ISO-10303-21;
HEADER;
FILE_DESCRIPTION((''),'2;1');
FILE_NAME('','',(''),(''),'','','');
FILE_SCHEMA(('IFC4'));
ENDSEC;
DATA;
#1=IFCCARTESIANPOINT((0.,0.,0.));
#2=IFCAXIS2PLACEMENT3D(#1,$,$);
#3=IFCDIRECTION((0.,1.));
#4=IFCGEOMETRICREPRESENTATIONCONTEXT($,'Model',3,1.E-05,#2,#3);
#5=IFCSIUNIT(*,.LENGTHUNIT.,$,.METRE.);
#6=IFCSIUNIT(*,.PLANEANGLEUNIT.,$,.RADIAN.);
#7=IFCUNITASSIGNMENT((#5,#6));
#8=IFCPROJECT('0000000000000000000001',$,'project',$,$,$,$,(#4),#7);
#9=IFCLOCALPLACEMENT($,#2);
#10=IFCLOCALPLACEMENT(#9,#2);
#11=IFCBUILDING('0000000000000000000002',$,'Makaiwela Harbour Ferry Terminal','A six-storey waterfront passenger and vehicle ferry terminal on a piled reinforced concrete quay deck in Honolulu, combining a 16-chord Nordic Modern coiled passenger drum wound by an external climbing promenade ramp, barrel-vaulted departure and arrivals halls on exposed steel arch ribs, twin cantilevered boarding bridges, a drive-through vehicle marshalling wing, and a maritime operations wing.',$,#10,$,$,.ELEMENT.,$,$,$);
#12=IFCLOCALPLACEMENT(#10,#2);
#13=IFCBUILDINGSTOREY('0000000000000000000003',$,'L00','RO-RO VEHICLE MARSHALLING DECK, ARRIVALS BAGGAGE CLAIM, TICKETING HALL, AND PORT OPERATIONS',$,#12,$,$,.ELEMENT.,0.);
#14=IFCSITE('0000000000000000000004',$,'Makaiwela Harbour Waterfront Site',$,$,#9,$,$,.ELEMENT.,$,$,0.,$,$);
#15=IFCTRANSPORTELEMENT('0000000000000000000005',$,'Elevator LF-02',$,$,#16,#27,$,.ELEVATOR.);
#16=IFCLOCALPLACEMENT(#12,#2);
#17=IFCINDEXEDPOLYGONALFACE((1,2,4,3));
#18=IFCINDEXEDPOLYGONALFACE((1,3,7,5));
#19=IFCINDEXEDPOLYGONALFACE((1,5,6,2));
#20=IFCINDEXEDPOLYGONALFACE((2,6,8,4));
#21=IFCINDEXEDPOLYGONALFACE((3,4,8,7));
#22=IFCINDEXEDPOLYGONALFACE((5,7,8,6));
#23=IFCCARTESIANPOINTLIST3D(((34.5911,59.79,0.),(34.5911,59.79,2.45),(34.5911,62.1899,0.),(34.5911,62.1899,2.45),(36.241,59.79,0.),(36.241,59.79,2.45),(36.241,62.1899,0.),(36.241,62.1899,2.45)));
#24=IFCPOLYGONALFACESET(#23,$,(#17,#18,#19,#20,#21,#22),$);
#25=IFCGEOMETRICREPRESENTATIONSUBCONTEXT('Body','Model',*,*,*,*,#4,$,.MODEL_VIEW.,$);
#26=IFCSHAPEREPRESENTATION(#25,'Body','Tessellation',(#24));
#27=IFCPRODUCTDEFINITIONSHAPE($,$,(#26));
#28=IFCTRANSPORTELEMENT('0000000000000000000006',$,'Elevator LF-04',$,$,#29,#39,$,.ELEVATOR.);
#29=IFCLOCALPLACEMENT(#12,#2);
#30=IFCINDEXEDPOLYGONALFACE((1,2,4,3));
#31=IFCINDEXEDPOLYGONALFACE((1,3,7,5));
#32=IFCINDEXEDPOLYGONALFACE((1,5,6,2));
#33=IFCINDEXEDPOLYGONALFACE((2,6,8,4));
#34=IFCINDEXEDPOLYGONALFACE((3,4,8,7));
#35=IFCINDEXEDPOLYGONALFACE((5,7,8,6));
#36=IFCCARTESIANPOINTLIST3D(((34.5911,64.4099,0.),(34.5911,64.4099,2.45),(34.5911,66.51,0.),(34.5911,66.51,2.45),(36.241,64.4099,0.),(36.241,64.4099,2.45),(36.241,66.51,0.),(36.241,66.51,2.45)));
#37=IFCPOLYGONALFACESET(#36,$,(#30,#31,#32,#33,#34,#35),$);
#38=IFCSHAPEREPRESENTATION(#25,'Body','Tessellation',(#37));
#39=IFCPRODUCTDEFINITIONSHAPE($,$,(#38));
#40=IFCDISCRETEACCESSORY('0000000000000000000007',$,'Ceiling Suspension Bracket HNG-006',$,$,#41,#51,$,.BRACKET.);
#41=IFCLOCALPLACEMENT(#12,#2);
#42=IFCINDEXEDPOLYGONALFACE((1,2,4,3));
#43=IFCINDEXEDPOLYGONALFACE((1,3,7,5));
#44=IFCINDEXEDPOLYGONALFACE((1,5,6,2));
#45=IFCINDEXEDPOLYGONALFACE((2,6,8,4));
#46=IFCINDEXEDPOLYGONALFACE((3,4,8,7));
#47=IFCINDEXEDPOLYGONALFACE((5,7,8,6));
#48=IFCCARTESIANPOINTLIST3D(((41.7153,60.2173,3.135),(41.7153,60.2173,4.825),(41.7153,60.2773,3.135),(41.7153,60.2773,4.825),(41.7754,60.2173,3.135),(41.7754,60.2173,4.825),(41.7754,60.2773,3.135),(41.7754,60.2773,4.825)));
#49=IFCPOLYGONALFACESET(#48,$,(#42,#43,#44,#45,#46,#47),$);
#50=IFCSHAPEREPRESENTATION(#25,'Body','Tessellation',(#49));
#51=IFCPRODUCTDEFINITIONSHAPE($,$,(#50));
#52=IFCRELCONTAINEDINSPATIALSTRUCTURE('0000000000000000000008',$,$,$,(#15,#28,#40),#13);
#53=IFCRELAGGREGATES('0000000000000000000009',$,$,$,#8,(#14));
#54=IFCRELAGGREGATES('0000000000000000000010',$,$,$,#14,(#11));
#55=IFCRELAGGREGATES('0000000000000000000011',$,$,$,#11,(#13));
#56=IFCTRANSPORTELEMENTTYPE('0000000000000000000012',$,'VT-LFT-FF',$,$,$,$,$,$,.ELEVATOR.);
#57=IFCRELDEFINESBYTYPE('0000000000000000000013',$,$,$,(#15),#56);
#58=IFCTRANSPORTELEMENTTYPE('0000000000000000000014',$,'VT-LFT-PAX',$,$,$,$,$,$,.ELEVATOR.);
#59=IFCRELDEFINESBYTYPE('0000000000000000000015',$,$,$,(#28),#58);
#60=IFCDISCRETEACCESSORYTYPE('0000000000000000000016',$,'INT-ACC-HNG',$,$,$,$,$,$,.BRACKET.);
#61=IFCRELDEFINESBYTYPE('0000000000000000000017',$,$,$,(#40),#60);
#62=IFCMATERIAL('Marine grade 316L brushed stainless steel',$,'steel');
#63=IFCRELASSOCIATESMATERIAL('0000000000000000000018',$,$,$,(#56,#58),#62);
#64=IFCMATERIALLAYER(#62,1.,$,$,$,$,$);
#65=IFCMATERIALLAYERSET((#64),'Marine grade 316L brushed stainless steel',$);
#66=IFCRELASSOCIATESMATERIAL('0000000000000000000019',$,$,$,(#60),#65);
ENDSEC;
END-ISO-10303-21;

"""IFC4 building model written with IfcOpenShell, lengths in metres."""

from ifc_helpers import new_model, si_unit, direction, frame, origin, origin_2d, place, context, subcontext, project, spatial, rectangle, extrude, material, layer, layer_set, type_object, element, save


model = new_model("IFC4")

# Units and contexts
model_context = context("Model", 3, precision=1e-05, world=origin(), true_north=direction((0.0, 1.0)))
body_context = subcontext(model_context, "Body", "Model", "MODEL_VIEW")
ifc_project = project(units=[si_unit("LENGTHUNIT", "METRE"), si_unit("PLANEANGLEUNIT", "RADIAN")], contexts=[model_context])

# Site, building, storey
site_placement = place(None, origin())
site = spatial("IfcSite", under=ifc_project, at=site_placement, Name="Makaiwela Harbour Waterfront Site", CompositionType="ELEMENT", RefElevation=0.0)
building_placement = place(site_placement, origin())
building = spatial("IfcBuilding", under=site, at=building_placement, Name="Makaiwela Harbour Ferry Terminal", Description="A six-storey waterfront passenger and vehicle ferry terminal on a piled reinforced concrete quay deck in Honolulu, combining a 16-chord Nordic Modern coiled passenger drum wound by an external climbing promenade ramp, barrel-vaulted departure and arrivals halls on exposed steel arch ribs, twin cantilevered boarding bridges, a drive-through vehicle marshalling wing, and a maritime operations wing.", CompositionType="ELEMENT")
storey_placement = place(building_placement, origin())
storey = spatial("IfcBuildingStorey", under=building, at=storey_placement, Name="L00", Description="RO-RO VEHICLE MARSHALLING DECK, ARRIVALS BAGGAGE CLAIM, TICKETING HALL, AND PORT OPERATIONS", CompositionType="ELEMENT", Elevation=0.0)

# Shared definitions
ifc_material_1 = material(Name="Marine grade 316L brushed stainless steel", Category="steel")

# Transport elements
transport_element_type_1 = type_object("IfcTransportElementType", Name="VT-LFT-FF", PredefinedType="ELEVATOR", material=ifc_material_1)
transport_element_1_placement = place(storey_placement, frame((35.416, 60.99, 0.0), z_axis=(0.0, 0.0, 1.0), x_axis=(1.0, 0.0, 0.0)))
element("IfcTransportElement", 1, at=transport_element_1_placement, inside=storey, type_object=transport_element_type_1, Name="Elevator LF-02", PredefinedType="ELEVATOR", context=body_context, shape_type="SweptSolid", body=[
    extrude(rectangle(XDim=1.6499, YDim=2.3999, at=origin_2d()), origin(), (0.0, 0.0, 1.0), 2.45),
])
transport_element_type_2 = type_object("IfcTransportElementType", Name="VT-LFT-PAX", PredefinedType="ELEVATOR", material=ifc_material_1)
transport_element_2_placement = place(storey_placement, frame((35.416, 65.46, 0.0), z_axis=(0.0, 0.0, 1.0), x_axis=(1.0, 0.0, 0.0)))
element("IfcTransportElement", 2, at=transport_element_2_placement, inside=storey, type_object=transport_element_type_2, Name="Elevator LF-04", PredefinedType="ELEVATOR", context=body_context, shape_type="SweptSolid", body=[
    extrude(rectangle(XDim=1.6499, YDim=2.1001, at=origin_2d()), origin(), (0.0, 0.0, 1.0), 2.45),
])

# Discrete accessory
ifc_layer_1 = layer(ifc_material_1, 1.0)
ifc_layer_set_1 = layer_set([ifc_layer_1], Name="Marine grade 316L brushed stainless steel")
discrete_accessory_type = type_object("IfcDiscreteAccessoryType", Name="INT-ACC-HNG", PredefinedType="BRACKET", material=ifc_layer_set_1)
discrete_accessory_placement = place(storey_placement, frame((41.7454, 60.2473, 3.135), z_axis=(0.0, 0.0, 1.0), x_axis=(1.0, 0.0, 0.0)))
element("IfcDiscreteAccessory", 3, at=discrete_accessory_placement, inside=storey, type_object=discrete_accessory_type, Name="Ceiling Suspension Bracket HNG-006", PredefinedType="BRACKET", context=body_context, shape_type="SweptSolid", body=[
    extrude(rectangle(XDim=0.0601, YDim=0.0601, at=origin_2d()), origin(), (0.0, 0.0, 1.0), 1.6899),
])

save(model, "model.ifc")
